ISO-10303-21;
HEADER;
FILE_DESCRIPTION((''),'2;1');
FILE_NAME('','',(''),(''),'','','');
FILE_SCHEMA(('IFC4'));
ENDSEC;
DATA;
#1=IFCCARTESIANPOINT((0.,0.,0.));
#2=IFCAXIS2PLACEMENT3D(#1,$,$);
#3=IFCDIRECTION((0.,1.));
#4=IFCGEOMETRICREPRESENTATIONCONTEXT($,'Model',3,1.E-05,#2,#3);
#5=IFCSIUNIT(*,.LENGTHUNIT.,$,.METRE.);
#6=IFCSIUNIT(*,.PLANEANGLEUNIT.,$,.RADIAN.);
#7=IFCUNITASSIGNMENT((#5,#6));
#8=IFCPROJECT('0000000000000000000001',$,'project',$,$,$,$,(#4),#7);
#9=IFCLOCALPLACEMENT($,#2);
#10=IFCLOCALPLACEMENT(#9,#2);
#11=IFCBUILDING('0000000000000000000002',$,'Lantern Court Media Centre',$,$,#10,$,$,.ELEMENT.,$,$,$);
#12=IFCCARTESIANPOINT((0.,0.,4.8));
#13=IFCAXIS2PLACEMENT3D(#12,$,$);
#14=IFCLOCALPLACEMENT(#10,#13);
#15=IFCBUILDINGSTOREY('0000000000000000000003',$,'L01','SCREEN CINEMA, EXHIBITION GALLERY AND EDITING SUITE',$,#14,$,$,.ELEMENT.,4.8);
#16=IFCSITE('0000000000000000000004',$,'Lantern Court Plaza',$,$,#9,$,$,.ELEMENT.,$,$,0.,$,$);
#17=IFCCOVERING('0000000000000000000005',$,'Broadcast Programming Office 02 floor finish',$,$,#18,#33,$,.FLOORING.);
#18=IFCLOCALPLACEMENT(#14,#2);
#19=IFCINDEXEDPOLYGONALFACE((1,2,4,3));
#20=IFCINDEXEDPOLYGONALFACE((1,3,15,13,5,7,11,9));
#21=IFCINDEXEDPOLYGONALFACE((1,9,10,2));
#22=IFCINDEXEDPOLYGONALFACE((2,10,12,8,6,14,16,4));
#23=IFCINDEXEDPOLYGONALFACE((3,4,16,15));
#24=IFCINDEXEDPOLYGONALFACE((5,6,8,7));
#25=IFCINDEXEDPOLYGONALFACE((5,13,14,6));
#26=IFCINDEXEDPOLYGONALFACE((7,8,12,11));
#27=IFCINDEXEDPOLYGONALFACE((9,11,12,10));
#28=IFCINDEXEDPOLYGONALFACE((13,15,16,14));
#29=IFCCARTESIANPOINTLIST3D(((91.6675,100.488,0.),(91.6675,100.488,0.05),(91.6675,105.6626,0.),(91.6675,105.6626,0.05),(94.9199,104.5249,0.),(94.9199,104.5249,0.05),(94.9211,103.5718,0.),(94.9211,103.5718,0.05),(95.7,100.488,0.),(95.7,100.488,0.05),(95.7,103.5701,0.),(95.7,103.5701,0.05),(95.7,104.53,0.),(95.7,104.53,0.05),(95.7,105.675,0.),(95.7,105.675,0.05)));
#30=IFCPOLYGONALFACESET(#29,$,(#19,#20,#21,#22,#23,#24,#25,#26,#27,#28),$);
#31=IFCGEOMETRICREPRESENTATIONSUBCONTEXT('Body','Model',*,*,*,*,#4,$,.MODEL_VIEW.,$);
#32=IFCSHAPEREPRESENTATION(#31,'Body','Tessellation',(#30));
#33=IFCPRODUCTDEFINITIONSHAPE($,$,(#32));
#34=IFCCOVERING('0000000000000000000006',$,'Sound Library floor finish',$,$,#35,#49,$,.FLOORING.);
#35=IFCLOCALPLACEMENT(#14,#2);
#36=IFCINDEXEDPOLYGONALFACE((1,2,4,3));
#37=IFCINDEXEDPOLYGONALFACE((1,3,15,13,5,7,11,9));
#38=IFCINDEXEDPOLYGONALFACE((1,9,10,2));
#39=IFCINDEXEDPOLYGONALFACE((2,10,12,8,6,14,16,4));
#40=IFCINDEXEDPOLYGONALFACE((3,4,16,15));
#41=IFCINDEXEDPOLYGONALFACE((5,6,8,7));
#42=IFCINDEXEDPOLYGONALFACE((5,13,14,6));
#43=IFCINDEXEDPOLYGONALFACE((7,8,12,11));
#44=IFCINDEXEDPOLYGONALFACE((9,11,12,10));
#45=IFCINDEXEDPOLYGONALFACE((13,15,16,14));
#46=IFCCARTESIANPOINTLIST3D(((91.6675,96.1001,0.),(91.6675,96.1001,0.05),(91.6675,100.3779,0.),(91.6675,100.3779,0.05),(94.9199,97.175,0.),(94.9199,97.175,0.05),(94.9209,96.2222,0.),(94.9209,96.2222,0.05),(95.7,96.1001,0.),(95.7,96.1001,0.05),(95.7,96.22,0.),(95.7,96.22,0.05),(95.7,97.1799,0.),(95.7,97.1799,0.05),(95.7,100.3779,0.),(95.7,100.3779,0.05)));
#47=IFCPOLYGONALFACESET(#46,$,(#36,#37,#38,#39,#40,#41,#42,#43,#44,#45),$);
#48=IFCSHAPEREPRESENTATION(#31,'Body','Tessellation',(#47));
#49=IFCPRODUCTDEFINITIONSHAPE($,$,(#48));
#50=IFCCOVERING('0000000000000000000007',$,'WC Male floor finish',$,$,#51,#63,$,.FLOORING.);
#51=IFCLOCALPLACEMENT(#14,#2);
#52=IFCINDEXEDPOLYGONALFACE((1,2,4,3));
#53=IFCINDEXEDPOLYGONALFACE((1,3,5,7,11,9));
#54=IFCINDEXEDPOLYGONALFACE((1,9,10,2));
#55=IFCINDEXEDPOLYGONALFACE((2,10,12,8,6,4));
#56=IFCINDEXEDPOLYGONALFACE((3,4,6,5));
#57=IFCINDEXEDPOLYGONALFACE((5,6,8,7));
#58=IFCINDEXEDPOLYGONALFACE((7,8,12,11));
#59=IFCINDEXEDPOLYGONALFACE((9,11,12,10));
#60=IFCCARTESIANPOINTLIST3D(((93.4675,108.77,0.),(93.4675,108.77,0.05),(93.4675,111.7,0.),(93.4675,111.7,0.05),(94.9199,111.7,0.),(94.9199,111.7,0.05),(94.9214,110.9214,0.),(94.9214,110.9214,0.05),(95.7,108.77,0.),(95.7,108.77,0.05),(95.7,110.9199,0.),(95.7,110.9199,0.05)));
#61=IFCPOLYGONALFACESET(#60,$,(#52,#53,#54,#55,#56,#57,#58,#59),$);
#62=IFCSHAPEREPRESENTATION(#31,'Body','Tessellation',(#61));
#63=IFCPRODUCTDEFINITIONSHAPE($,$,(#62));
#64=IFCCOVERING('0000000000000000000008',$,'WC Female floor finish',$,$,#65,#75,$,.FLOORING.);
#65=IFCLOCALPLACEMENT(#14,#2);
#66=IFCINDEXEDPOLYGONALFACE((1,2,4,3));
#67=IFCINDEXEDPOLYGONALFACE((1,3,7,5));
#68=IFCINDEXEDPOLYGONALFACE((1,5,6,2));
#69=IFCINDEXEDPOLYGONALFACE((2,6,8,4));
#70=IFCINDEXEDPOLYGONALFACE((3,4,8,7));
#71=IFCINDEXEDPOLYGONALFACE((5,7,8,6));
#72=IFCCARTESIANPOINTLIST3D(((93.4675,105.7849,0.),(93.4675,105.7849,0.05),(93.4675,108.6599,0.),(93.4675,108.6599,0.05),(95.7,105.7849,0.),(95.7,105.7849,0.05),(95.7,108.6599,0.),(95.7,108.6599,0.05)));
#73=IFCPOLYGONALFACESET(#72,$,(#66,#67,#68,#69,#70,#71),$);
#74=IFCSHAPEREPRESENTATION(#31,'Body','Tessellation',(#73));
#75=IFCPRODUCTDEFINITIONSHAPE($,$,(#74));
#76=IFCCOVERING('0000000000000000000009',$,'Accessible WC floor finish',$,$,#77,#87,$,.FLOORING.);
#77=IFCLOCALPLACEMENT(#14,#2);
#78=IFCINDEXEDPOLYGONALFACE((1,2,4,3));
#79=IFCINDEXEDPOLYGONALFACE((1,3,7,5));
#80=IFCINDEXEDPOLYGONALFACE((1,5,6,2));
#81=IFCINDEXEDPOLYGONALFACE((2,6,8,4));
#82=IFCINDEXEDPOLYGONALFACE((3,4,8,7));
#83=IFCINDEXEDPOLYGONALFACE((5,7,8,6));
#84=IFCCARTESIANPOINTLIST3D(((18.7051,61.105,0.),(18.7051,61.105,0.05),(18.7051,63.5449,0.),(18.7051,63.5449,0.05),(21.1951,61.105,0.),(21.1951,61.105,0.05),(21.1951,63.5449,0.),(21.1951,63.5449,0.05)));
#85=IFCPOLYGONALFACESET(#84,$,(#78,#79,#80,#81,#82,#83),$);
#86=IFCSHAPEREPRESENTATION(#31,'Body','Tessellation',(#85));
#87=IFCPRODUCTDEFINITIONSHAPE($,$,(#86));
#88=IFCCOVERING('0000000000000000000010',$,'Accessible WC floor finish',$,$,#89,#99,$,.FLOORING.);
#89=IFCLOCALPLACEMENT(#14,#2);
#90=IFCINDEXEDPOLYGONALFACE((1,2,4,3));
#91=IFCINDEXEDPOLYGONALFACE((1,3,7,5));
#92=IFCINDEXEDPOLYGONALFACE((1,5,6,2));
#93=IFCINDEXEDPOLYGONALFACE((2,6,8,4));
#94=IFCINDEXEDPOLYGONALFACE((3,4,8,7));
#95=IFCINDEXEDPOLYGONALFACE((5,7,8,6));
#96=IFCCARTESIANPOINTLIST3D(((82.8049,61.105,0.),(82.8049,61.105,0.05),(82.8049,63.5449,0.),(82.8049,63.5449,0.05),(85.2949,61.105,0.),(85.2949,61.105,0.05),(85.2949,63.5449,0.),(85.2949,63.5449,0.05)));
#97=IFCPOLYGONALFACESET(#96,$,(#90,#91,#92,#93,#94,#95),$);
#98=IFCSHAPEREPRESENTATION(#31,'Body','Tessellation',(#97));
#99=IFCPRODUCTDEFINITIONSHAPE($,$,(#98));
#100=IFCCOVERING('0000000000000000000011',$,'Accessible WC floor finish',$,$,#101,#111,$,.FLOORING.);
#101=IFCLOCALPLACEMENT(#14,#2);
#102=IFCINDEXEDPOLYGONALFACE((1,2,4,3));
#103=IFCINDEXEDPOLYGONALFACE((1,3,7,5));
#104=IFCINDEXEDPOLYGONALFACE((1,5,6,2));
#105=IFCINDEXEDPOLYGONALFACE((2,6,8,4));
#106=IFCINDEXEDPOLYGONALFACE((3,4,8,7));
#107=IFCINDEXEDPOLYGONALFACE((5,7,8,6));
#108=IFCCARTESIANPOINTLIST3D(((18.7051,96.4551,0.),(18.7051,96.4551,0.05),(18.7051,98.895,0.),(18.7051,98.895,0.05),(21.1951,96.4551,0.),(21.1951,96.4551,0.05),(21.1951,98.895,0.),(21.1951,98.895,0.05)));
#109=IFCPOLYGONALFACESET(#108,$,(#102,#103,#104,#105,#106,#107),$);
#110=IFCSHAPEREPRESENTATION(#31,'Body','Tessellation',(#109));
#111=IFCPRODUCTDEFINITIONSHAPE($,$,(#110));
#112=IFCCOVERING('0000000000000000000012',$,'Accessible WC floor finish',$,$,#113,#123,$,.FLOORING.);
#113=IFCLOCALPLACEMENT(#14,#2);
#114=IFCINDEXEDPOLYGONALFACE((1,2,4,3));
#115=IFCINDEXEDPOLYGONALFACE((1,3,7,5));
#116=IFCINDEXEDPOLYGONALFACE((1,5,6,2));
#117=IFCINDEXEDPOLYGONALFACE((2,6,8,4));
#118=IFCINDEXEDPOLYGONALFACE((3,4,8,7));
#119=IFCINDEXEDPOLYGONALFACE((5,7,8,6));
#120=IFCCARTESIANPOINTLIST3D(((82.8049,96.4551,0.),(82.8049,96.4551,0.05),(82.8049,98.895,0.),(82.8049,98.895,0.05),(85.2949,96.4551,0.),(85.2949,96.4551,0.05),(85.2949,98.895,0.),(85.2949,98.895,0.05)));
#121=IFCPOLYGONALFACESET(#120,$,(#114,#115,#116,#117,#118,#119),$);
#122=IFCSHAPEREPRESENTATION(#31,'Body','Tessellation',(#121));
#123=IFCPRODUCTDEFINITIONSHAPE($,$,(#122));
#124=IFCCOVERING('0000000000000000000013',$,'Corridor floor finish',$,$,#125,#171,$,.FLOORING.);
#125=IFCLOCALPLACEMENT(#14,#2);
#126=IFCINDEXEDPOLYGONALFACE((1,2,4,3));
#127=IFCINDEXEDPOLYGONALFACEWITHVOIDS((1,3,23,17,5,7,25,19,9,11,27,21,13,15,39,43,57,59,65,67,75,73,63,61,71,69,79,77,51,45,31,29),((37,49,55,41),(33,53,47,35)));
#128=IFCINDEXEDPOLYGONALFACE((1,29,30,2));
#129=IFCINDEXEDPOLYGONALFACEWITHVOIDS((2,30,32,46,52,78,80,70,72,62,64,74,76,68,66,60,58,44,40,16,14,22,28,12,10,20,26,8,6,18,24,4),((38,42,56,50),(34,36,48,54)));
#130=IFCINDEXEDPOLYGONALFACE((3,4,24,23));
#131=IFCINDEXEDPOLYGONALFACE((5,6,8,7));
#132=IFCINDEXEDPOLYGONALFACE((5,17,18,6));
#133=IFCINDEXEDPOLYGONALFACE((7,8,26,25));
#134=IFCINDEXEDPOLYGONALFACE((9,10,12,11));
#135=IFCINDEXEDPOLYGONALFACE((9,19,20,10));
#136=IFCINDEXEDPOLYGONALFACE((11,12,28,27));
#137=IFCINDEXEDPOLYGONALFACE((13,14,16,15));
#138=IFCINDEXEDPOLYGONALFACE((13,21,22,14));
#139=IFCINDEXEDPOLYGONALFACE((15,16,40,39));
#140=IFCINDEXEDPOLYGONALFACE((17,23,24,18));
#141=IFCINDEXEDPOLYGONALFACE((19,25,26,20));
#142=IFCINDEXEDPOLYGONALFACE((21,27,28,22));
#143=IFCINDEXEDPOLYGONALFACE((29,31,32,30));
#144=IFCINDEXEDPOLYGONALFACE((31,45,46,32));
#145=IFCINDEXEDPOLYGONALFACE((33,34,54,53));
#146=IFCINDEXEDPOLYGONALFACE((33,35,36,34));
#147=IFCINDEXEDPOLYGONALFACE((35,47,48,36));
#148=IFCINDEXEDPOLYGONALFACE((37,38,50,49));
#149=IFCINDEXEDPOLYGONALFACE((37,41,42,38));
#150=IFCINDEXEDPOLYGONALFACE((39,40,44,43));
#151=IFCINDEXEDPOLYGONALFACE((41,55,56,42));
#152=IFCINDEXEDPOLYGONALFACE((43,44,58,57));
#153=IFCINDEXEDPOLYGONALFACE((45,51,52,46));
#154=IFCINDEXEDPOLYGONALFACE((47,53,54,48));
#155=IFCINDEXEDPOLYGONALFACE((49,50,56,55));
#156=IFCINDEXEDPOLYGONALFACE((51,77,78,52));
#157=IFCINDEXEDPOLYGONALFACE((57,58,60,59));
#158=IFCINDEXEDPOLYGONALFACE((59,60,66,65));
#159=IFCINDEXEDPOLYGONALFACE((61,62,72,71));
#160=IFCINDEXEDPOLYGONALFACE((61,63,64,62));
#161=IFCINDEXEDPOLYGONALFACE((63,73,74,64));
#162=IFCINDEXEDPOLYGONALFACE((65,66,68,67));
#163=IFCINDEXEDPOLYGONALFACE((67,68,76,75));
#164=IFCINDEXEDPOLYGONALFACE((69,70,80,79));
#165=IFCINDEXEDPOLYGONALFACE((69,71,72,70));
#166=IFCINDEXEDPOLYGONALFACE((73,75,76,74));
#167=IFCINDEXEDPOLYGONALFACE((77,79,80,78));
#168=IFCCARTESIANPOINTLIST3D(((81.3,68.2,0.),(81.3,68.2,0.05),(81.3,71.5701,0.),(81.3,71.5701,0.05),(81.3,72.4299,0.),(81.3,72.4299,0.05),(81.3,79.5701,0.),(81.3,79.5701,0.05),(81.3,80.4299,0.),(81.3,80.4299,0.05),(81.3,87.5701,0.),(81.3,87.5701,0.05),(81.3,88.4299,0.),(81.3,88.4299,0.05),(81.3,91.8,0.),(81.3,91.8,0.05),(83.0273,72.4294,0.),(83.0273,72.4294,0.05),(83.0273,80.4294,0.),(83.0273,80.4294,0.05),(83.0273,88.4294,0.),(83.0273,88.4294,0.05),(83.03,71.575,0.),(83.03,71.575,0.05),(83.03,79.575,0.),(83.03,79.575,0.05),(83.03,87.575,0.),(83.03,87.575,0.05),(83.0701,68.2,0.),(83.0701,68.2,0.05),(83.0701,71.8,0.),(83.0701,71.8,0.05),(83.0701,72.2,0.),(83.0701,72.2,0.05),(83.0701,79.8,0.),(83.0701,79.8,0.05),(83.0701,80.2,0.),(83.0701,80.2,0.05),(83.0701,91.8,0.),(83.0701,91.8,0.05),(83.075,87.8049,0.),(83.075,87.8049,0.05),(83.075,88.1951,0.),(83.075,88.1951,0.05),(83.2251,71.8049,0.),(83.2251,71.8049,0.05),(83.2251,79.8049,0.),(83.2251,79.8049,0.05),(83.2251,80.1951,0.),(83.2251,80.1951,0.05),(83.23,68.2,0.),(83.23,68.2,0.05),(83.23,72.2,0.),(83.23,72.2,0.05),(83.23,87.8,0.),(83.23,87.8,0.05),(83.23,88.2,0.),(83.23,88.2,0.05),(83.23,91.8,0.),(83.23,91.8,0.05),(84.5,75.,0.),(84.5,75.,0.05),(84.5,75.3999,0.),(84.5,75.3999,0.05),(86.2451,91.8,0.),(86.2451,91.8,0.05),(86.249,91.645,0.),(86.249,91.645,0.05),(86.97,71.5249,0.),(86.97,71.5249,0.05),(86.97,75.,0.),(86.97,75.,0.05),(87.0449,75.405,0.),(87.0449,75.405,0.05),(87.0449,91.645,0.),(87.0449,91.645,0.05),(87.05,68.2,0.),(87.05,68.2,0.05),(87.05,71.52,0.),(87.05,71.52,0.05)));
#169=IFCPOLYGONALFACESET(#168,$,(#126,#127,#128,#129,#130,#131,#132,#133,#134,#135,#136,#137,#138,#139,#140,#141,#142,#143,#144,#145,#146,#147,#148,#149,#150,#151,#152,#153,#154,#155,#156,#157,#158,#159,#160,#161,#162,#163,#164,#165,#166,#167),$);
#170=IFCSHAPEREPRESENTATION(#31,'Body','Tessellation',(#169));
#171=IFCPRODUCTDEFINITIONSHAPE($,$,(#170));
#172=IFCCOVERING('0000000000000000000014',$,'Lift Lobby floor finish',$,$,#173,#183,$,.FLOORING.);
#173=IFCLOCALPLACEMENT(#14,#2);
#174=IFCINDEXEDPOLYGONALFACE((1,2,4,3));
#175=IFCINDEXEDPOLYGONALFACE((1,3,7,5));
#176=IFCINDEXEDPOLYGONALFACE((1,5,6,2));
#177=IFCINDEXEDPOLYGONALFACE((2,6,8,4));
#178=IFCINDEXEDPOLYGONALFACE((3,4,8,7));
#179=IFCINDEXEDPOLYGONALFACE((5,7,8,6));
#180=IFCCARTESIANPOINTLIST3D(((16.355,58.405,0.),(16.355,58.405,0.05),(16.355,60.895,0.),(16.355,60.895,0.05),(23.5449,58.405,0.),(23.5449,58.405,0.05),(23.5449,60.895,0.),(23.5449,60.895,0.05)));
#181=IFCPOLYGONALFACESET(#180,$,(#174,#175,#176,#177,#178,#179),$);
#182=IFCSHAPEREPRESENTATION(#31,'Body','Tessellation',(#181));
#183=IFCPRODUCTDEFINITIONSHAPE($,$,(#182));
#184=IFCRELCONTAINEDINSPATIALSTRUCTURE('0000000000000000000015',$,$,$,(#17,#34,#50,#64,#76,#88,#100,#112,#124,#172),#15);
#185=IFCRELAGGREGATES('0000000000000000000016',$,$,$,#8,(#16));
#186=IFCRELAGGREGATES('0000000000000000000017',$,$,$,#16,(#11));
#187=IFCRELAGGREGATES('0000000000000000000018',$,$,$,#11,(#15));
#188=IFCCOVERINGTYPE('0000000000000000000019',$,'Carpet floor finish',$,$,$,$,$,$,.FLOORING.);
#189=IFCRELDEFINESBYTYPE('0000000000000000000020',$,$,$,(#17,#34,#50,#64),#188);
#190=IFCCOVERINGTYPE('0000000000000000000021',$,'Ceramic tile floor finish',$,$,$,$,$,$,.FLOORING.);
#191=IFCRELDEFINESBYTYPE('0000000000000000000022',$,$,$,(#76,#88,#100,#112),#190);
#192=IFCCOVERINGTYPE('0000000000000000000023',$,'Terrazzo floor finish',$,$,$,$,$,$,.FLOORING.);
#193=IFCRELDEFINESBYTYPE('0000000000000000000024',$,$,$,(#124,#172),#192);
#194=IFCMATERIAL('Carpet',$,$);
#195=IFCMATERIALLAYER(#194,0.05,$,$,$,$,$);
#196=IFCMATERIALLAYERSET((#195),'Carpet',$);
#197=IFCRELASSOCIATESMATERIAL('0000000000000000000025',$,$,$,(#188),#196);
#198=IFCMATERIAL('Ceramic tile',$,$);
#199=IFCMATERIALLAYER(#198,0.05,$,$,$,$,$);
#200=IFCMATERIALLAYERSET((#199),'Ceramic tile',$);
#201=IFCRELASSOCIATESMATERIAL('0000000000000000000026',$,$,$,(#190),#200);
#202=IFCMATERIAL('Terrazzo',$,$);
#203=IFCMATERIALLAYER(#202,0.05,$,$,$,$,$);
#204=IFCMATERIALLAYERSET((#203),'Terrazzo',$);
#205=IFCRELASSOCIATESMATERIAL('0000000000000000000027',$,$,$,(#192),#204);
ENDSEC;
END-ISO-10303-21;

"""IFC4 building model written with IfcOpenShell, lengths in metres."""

from ifc_helpers import new_model, si_unit, direction, frame, origin, place, context, subcontext, project, spatial, polyline, outline, extrude, material, layer, layer_set, type_object, element, save


model = new_model("IFC4")

# Units and contexts
model_context = context("Model", 3, precision=1e-05, world=origin(), true_north=direction((0.0, 1.0)))
body_context = subcontext(model_context, "Body", "Model", "MODEL_VIEW")
ifc_project = project(units=[si_unit("LENGTHUNIT", "METRE"), si_unit("PLANEANGLEUNIT", "RADIAN")], contexts=[model_context])

# Site, building, storey
site_placement = place(None, origin())
site = spatial("IfcSite", under=ifc_project, at=site_placement, Name="Lantern Court Plaza", CompositionType="ELEMENT", RefElevation=0.0)
building_placement = place(site_placement, origin())
building = spatial("IfcBuilding", under=site, at=building_placement, Name="Lantern Court Media Centre", CompositionType="ELEMENT")
storey_placement = place(building_placement, frame((0.0, 0.0, 4.8)))
storey = spatial("IfcBuildingStorey", under=building, at=storey_placement, Name="L01", Description="SCREEN CINEMA, EXHIBITION GALLERY AND EDITING SUITE", CompositionType="ELEMENT", Elevation=4.8)

# Coverings
ifc_material_1 = material(Name="Carpet")
ifc_layer_1 = layer(ifc_material_1, 0.05)
ifc_layer_set_1 = layer_set([ifc_layer_1], Name="Carpet")
covering_type_1 = type_object("IfcCoveringType", Name="Carpet floor finish", PredefinedType="FLOORING", material=ifc_layer_set_1)
covering_1_placement = place(storey_placement, origin())
element("IfcCovering", 1, at=covering_1_placement, inside=storey, type_object=covering_type_1, Name="Broadcast Programming Office 02 floor finish", PredefinedType="FLOORING", context=body_context, shape_type="SweptSolid", body=[
    extrude(outline(polyline([(95.7, 100.488), (91.6675, 100.488), (91.6675, 105.6626), (95.7, 105.675), (95.7, 104.53), (94.9199, 104.5249), (94.9211, 103.5718), (95.7, 103.5701), (95.7, 100.488)])), origin(), (0.0, 0.0, 1.0), 0.05),
])
covering_2_placement = place(storey_placement, origin())
element("IfcCovering", 2, at=covering_2_placement, inside=storey, type_object=covering_type_1, Name="Sound Library floor finish", PredefinedType="FLOORING", context=body_context, shape_type="SweptSolid", body=[
    extrude(outline(polyline([(95.7, 96.1001), (91.6675, 96.1001), (91.6675, 100.3779), (95.7, 100.3779), (95.7, 97.1799), (94.9199, 97.175), (94.9209, 96.2222), (95.7, 96.22), (95.7, 96.1001)])), origin(), (0.0, 0.0, 1.0), 0.05),
])
covering_3_placement = place(storey_placement, origin())
element("IfcCovering", 3, at=covering_3_placement, inside=storey, type_object=covering_type_1, Name="WC Male floor finish", PredefinedType="FLOORING", context=body_context, shape_type="SweptSolid", body=[
    extrude(outline(polyline([(95.7, 108.77), (93.4675, 108.77), (93.4675, 111.7), (94.9199, 111.7), (94.9214, 110.9214), (95.7, 110.9199), (95.7, 108.77)])), origin(), (0.0, 0.0, 1.0), 0.05),
])
covering_4_placement = place(storey_placement, origin())
element("IfcCovering", 4, at=covering_4_placement, inside=storey, type_object=covering_type_1, Name="WC Female floor finish", PredefinedType="FLOORING", context=body_context, shape_type="SweptSolid", body=[
    extrude(outline(polyline([(95.7, 105.7849), (93.4675, 105.7849), (93.4675, 108.6599), (95.7, 108.6599), (95.7, 105.7849)])), origin(), (0.0, 0.0, 1.0), 0.05),
])
ifc_material_2 = material(Name="Ceramic tile")
ifc_layer_2 = layer(ifc_material_2, 0.05)
ifc_layer_set_2 = layer_set([ifc_layer_2], Name="Ceramic tile")
covering_type_2 = type_object("IfcCoveringType", Name="Ceramic tile floor finish", PredefinedType="FLOORING", material=ifc_layer_set_2)
covering_5_placement = place(storey_placement, origin())
element("IfcCovering", 5, at=covering_5_placement, inside=storey, type_object=covering_type_2, Name="Accessible WC floor finish", PredefinedType="FLOORING", context=body_context, shape_type="SweptSolid", body=[
    extrude(outline(polyline([(21.1951, 61.105), (18.7051, 61.105), (18.7051, 63.5449), (21.1951, 63.5449), (21.1951, 61.105)])), origin(), (0.0, 0.0, 1.0), 0.05),
])
covering_6_placement = place(storey_placement, origin())
element("IfcCovering", 6, at=covering_6_placement, inside=storey, type_object=covering_type_2, Name="Accessible WC floor finish", PredefinedType="FLOORING", context=body_context, shape_type="SweptSolid", body=[
    extrude(outline(polyline([(85.2949, 63.5449), (85.2949, 61.105), (82.8049, 61.105), (82.8049, 63.5449), (85.2949, 63.5449)])), origin(), (0.0, 0.0, 1.0), 0.05),
])
covering_7_placement = place(storey_placement, origin())
element("IfcCovering", 7, at=covering_7_placement, inside=storey, type_object=covering_type_2, Name="Accessible WC floor finish", PredefinedType="FLOORING", context=body_context, shape_type="SweptSolid", body=[
    extrude(outline(polyline([(21.1951, 96.4551), (18.7051, 96.4551), (18.7051, 98.895), (21.1951, 98.895), (21.1951, 96.4551)])), origin(), (0.0, 0.0, 1.0), 0.05),
])
covering_8_placement = place(storey_placement, origin())
element("IfcCovering", 8, at=covering_8_placement, inside=storey, type_object=covering_type_2, Name="Accessible WC floor finish", PredefinedType="FLOORING", context=body_context, shape_type="SweptSolid", body=[
    extrude(outline(polyline([(85.2949, 98.895), (85.2949, 96.4551), (82.8049, 96.4551), (82.8049, 98.895), (85.2949, 98.895)])), origin(), (0.0, 0.0, 1.0), 0.05),
])
ifc_material_3 = material(Name="Terrazzo")
ifc_layer_3 = layer(ifc_material_3, 0.05)
ifc_layer_set_3 = layer_set([ifc_layer_3], Name="Terrazzo")
covering_type_3 = type_object("IfcCoveringType", Name="Terrazzo floor finish", PredefinedType="FLOORING", material=ifc_layer_set_3)
covering_9_placement = place(storey_placement, origin())
element("IfcCovering", 9, at=covering_9_placement, inside=storey, type_object=covering_type_3, Name="Corridor floor finish", PredefinedType="FLOORING", context=body_context, shape_type="SweptSolid", body=[
    extrude(outline(polyline([(84.5, 75.3999), (84.5, 75.0), (86.97, 75.0), (86.97, 71.5249), (87.05, 71.52), (87.05, 68.2), (83.23, 68.2), (83.2251, 71.8049), (83.0701, 71.8), (83.0701, 68.2), (81.3, 68.2), (81.3, 71.5701), (83.03, 71.575), (83.0273, 72.4294), (81.3, 72.4299), (81.3, 79.5701), (83.03, 79.575), (83.0273, 80.4294), (81.3, 80.4299), (81.3, 87.5701), (83.03, 87.575), (83.0273, 88.4294), (81.3, 88.4299), (81.3, 91.8), (83.0701, 91.8), (83.075, 88.1951), (83.23, 88.2), (83.23, 91.8), (86.2451, 91.8), (86.249, 91.645), (87.0449, 91.645), (87.0449, 75.405), (84.5, 75.3999)]), holes=[polyline([(83.0701, 72.2), (83.23, 72.2), (83.2251, 79.8049), (83.0701, 79.8), (83.0701, 72.2)]), polyline([(83.2251, 80.1951), (83.23, 87.8), (83.075, 87.8049), (83.0701, 80.2), (83.2251, 80.1951)])]), origin(), (0.0, 0.0, 1.0), 0.05),
])
covering_10_placement = place(storey_placement, origin())
element("IfcCovering", 10, at=covering_10_placement, inside=storey, type_object=covering_type_3, Name="Lift Lobby floor finish", PredefinedType="FLOORING", context=body_context, shape_type="SweptSolid", body=[
    extrude(outline(polyline([(16.355, 60.895), (23.5449, 60.895), (23.5449, 58.405), (16.355, 58.405), (16.355, 60.895)])), origin(), (0.0, 0.0, 1.0), 0.05),
])

save(model, "model.ifc")
